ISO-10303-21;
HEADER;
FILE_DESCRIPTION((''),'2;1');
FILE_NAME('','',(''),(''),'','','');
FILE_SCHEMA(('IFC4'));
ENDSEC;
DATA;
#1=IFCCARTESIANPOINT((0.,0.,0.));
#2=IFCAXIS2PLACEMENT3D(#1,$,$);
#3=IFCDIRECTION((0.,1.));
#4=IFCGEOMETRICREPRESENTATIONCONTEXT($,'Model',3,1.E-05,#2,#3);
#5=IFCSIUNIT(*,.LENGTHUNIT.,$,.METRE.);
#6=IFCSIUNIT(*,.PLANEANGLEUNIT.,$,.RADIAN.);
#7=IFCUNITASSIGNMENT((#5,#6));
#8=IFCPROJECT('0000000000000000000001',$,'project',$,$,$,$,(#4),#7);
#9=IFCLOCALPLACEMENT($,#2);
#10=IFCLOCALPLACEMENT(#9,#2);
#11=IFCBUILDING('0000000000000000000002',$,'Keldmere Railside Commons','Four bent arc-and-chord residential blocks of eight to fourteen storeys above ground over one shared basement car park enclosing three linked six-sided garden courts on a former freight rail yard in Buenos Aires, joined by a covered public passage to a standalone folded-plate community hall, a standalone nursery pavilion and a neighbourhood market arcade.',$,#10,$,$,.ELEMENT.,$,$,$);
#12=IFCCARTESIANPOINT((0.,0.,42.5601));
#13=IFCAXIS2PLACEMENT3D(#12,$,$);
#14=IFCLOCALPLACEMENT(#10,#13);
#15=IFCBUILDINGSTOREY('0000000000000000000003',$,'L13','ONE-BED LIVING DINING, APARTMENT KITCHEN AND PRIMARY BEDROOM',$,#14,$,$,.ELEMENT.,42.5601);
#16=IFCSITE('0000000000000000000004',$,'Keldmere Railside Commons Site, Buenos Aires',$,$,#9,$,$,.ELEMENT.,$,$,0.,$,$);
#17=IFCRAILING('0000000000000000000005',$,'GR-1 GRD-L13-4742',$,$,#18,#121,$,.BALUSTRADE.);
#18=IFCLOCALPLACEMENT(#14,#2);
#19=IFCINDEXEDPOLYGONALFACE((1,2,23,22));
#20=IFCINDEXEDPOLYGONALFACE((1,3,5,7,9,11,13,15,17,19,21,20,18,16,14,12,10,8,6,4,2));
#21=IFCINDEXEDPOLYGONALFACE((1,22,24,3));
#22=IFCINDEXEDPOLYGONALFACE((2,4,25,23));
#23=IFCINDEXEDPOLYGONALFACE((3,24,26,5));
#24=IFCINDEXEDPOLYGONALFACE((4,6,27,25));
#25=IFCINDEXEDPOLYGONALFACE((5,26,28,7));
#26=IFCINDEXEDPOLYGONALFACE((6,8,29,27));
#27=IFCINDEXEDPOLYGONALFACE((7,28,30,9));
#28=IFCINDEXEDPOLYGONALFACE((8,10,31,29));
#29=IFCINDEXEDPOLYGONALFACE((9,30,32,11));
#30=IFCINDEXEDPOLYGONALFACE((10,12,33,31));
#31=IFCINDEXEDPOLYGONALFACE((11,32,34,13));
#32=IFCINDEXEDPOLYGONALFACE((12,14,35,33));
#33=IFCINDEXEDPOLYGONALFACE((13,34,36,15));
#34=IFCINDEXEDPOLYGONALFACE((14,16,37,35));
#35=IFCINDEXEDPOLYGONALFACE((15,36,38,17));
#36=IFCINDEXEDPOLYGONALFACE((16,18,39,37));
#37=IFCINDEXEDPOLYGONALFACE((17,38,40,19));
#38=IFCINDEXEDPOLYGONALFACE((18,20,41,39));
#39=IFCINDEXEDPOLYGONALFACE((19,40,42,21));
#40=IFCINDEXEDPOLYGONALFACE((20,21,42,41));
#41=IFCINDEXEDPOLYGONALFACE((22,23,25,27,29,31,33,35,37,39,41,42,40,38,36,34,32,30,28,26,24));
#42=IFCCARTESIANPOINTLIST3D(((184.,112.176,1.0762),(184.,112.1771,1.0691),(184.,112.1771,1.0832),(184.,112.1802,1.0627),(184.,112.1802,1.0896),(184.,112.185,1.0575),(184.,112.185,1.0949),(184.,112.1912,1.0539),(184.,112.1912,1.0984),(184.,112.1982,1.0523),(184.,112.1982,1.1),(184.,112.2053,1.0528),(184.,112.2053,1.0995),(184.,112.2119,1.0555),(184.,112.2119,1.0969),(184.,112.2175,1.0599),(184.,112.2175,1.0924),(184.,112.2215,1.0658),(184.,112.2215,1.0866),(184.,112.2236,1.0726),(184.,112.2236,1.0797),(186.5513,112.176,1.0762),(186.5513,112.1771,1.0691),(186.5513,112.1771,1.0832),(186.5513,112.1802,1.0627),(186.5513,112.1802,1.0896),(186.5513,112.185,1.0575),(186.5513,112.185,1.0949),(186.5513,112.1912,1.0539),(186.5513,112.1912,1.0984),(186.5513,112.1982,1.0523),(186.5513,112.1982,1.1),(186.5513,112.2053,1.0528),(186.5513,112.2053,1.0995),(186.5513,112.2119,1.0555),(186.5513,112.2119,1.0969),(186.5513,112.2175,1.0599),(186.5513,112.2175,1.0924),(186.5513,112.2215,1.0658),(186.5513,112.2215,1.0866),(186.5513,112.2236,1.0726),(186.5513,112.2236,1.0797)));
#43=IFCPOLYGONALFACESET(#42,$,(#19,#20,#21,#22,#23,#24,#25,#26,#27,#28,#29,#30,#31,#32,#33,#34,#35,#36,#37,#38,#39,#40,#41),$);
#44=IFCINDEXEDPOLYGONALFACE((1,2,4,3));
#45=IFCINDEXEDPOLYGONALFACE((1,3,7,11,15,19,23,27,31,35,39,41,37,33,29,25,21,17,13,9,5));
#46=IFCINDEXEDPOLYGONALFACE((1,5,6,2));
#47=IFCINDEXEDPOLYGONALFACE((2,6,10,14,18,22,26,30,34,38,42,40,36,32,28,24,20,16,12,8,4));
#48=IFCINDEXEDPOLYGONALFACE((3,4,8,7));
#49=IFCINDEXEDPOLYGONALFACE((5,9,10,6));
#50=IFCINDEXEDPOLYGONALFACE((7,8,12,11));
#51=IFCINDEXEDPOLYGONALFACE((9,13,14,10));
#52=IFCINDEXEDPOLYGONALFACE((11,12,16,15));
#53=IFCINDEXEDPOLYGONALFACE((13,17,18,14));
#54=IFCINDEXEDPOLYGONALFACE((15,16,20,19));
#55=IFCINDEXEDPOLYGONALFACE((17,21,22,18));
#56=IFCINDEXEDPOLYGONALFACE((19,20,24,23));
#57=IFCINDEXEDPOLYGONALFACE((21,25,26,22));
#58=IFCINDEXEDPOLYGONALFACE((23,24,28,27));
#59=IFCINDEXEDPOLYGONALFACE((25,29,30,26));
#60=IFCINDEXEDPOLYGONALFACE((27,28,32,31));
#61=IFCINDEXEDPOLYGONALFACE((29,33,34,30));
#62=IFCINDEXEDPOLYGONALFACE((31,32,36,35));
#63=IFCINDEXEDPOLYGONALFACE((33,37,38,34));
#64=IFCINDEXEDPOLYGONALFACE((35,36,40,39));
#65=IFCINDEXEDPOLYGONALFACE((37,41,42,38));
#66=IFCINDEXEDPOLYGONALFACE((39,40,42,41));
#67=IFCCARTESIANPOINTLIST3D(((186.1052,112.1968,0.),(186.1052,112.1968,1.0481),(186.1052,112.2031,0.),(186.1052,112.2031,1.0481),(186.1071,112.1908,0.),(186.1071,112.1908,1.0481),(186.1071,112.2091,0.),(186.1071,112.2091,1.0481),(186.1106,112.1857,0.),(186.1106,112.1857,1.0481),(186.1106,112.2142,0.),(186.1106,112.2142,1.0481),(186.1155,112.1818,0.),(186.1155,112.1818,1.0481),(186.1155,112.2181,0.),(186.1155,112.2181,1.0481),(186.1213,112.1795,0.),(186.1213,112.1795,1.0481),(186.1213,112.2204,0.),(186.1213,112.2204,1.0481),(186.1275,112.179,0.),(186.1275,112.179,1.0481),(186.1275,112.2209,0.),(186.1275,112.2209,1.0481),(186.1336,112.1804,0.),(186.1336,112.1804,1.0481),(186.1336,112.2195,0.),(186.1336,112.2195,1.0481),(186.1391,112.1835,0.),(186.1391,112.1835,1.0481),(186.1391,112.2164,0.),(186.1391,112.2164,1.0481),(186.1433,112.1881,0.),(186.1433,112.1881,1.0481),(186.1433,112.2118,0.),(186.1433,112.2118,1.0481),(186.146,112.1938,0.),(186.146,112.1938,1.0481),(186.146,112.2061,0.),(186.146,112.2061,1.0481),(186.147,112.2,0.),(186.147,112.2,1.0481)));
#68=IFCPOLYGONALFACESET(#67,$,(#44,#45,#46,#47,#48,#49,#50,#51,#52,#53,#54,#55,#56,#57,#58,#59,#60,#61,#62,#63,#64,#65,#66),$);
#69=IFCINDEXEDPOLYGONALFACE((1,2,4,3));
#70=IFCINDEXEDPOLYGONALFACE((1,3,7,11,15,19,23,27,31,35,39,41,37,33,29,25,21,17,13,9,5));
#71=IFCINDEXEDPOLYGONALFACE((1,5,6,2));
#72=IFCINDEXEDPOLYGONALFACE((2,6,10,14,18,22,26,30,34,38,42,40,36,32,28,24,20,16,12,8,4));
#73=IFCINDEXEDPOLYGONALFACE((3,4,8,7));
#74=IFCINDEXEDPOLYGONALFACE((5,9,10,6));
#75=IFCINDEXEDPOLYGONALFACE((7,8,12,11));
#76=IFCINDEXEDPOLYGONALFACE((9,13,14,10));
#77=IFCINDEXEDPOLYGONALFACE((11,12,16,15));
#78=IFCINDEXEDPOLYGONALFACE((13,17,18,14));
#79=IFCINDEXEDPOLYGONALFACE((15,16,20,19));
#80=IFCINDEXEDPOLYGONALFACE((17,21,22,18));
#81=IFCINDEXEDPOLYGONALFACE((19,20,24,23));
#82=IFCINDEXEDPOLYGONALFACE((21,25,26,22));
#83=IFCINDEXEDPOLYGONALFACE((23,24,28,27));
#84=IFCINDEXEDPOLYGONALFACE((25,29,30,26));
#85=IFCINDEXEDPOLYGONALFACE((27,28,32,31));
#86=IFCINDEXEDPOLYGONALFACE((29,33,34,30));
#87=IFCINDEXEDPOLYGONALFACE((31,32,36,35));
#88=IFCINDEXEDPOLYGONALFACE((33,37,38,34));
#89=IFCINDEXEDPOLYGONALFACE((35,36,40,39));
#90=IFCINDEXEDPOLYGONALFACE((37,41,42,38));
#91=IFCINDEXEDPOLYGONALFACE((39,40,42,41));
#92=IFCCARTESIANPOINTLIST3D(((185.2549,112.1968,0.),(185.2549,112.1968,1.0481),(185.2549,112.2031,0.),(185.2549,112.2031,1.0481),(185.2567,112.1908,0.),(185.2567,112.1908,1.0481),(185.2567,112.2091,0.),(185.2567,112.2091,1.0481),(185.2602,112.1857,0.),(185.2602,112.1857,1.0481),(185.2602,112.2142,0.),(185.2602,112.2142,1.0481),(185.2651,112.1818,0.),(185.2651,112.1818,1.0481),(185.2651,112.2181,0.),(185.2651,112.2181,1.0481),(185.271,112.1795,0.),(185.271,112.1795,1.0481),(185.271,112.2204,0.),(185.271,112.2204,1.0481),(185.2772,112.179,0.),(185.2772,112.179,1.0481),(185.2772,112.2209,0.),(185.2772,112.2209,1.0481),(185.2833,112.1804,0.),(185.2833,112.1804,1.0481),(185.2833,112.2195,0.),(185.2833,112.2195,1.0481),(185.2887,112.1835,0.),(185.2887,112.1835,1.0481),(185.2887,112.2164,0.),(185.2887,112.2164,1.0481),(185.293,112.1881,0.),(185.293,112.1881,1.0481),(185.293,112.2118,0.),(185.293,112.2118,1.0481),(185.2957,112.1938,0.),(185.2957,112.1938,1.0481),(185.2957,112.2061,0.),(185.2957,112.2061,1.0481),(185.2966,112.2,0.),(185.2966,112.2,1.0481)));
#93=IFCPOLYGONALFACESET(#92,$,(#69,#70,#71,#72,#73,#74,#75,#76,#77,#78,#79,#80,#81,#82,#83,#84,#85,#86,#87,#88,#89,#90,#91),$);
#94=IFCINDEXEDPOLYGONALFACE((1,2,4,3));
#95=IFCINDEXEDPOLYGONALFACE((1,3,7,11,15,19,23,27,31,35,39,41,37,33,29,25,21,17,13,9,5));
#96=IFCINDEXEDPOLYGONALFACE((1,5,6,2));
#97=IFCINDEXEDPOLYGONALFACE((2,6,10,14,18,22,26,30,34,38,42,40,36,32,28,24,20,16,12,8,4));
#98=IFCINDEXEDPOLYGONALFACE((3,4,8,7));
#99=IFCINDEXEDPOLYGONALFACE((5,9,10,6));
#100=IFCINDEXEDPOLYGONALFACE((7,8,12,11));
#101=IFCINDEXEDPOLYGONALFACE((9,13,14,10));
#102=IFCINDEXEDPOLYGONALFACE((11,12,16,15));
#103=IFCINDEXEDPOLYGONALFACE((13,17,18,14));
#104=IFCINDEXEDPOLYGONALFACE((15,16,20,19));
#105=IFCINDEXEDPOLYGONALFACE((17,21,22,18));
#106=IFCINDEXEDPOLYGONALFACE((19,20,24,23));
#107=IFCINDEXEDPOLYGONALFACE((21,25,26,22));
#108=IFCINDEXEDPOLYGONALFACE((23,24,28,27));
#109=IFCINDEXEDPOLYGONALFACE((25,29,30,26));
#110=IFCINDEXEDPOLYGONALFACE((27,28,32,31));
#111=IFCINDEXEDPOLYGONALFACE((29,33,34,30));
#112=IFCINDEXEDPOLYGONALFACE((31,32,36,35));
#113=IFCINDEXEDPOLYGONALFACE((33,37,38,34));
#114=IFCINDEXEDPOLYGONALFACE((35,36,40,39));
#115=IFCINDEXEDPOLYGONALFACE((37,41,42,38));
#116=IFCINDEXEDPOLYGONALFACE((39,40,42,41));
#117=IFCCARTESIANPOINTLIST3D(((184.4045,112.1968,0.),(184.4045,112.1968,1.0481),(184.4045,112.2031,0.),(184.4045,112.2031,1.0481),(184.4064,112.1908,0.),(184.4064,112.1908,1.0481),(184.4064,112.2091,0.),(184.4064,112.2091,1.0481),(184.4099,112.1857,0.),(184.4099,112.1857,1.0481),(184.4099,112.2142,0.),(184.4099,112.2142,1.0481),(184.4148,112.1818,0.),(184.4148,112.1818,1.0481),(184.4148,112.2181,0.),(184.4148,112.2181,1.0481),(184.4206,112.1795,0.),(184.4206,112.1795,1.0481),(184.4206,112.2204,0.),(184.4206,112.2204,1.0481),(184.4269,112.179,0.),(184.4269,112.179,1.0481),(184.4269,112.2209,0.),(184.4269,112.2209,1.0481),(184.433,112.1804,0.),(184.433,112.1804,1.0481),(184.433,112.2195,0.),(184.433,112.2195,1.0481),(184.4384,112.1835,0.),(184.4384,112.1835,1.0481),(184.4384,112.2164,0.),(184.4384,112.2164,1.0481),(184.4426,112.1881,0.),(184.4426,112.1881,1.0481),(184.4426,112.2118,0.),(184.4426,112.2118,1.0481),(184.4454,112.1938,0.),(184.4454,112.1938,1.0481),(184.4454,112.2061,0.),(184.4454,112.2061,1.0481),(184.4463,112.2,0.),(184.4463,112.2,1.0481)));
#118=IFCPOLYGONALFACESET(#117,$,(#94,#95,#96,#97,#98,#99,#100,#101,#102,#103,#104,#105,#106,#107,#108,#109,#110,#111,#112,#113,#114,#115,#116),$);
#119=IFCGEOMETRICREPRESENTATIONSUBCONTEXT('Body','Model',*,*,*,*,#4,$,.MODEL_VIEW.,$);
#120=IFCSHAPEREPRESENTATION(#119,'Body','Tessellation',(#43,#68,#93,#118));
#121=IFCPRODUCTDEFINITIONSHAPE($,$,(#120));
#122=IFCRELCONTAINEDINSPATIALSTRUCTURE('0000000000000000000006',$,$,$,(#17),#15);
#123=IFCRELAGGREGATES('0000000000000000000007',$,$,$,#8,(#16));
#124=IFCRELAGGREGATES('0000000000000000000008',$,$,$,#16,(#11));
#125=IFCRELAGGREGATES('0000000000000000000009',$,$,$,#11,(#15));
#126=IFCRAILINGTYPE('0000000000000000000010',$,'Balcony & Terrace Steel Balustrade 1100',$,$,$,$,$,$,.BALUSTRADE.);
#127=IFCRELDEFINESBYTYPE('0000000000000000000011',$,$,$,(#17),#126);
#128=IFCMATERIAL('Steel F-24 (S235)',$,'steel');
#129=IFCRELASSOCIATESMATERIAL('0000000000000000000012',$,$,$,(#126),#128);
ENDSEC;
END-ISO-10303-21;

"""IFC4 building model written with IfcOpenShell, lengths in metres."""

from ifc_helpers import new_model, si_unit, direction, frame, origin, origin_2d, place, context, subcontext, project, spatial, circle, extrude, material, type_object, element, save


model = new_model("IFC4")

# Units and contexts
model_context = context("Model", 3, precision=1e-05, world=origin(), true_north=direction((0.0, 1.0)))
body_context = subcontext(model_context, "Body", "Model", "MODEL_VIEW")
ifc_project = project(units=[si_unit("LENGTHUNIT", "METRE"), si_unit("PLANEANGLEUNIT", "RADIAN")], contexts=[model_context])

# Site, building, storey
site_placement = place(None, origin())
site = spatial("IfcSite", under=ifc_project, at=site_placement, Name="Keldmere Railside Commons Site, Buenos Aires", CompositionType="ELEMENT", RefElevation=0.0)
building_placement = place(site_placement, origin())
building = spatial("IfcBuilding", under=site, at=building_placement, Name="Keldmere Railside Commons", Description="Four bent arc-and-chord residential blocks of eight to fourteen storeys above ground over one shared basement car park enclosing three linked six-sided garden courts on a former freight rail yard in Buenos Aires, joined by a covered public passage to a standalone folded-plate community hall, a standalone nursery pavilion and a neighbourhood market arcade.", CompositionType="ELEMENT")
storey_placement = place(building_placement, frame((0.0, 0.0, 42.5601)))
storey = spatial("IfcBuildingStorey", under=building, at=storey_placement, Name="L13", Description="ONE-BED LIVING DINING, APARTMENT KITCHEN AND PRIMARY BEDROOM", CompositionType="ELEMENT", Elevation=42.5601)

# Railing
ifc_material_1 = material(Name="Steel F-24 (S235)", Category="steel")
railing_type = type_object("IfcRailingType", Name="Balcony & Terrace Steel Balustrade 1100", PredefinedType="BALUSTRADE", material=ifc_material_1)
railing_1_placement = place(storey_placement, frame((186.5513, 112.2, 0.0)))
element("IfcRailing", 1, at=railing_1_placement, inside=storey, type_object=railing_type, Name="GR-1 GRD-L13-4742", PredefinedType="BALUSTRADE", context=body_context, shape_type="SweptSolid", body=[
    extrude(circle(Radius=0.0239, at=origin_2d()), frame((0.0, 0.0, 1.0762), z_axis=(-1.0, 0.0, 0.0), x_axis=(0.0, -1.0, 0.0)), (0.0, 0.0, 1.0), 2.5513),
    extrude(circle(Radius=0.021, at=origin_2d()), frame((-0.4253, 0.0, 0.0)), (0.0, 0.0, 1.0), 1.0481),
    extrude(circle(Radius=0.021, at=origin_2d()), frame((-1.2756, 0.0, 0.0)), (0.0, 0.0, 1.0), 1.0481),
    extrude(circle(Radius=0.021, at=origin_2d()), frame((-2.126, 0.0, 0.0)), (0.0, 0.0, 1.0), 1.0481),
])

save(model, "model.ifc")
